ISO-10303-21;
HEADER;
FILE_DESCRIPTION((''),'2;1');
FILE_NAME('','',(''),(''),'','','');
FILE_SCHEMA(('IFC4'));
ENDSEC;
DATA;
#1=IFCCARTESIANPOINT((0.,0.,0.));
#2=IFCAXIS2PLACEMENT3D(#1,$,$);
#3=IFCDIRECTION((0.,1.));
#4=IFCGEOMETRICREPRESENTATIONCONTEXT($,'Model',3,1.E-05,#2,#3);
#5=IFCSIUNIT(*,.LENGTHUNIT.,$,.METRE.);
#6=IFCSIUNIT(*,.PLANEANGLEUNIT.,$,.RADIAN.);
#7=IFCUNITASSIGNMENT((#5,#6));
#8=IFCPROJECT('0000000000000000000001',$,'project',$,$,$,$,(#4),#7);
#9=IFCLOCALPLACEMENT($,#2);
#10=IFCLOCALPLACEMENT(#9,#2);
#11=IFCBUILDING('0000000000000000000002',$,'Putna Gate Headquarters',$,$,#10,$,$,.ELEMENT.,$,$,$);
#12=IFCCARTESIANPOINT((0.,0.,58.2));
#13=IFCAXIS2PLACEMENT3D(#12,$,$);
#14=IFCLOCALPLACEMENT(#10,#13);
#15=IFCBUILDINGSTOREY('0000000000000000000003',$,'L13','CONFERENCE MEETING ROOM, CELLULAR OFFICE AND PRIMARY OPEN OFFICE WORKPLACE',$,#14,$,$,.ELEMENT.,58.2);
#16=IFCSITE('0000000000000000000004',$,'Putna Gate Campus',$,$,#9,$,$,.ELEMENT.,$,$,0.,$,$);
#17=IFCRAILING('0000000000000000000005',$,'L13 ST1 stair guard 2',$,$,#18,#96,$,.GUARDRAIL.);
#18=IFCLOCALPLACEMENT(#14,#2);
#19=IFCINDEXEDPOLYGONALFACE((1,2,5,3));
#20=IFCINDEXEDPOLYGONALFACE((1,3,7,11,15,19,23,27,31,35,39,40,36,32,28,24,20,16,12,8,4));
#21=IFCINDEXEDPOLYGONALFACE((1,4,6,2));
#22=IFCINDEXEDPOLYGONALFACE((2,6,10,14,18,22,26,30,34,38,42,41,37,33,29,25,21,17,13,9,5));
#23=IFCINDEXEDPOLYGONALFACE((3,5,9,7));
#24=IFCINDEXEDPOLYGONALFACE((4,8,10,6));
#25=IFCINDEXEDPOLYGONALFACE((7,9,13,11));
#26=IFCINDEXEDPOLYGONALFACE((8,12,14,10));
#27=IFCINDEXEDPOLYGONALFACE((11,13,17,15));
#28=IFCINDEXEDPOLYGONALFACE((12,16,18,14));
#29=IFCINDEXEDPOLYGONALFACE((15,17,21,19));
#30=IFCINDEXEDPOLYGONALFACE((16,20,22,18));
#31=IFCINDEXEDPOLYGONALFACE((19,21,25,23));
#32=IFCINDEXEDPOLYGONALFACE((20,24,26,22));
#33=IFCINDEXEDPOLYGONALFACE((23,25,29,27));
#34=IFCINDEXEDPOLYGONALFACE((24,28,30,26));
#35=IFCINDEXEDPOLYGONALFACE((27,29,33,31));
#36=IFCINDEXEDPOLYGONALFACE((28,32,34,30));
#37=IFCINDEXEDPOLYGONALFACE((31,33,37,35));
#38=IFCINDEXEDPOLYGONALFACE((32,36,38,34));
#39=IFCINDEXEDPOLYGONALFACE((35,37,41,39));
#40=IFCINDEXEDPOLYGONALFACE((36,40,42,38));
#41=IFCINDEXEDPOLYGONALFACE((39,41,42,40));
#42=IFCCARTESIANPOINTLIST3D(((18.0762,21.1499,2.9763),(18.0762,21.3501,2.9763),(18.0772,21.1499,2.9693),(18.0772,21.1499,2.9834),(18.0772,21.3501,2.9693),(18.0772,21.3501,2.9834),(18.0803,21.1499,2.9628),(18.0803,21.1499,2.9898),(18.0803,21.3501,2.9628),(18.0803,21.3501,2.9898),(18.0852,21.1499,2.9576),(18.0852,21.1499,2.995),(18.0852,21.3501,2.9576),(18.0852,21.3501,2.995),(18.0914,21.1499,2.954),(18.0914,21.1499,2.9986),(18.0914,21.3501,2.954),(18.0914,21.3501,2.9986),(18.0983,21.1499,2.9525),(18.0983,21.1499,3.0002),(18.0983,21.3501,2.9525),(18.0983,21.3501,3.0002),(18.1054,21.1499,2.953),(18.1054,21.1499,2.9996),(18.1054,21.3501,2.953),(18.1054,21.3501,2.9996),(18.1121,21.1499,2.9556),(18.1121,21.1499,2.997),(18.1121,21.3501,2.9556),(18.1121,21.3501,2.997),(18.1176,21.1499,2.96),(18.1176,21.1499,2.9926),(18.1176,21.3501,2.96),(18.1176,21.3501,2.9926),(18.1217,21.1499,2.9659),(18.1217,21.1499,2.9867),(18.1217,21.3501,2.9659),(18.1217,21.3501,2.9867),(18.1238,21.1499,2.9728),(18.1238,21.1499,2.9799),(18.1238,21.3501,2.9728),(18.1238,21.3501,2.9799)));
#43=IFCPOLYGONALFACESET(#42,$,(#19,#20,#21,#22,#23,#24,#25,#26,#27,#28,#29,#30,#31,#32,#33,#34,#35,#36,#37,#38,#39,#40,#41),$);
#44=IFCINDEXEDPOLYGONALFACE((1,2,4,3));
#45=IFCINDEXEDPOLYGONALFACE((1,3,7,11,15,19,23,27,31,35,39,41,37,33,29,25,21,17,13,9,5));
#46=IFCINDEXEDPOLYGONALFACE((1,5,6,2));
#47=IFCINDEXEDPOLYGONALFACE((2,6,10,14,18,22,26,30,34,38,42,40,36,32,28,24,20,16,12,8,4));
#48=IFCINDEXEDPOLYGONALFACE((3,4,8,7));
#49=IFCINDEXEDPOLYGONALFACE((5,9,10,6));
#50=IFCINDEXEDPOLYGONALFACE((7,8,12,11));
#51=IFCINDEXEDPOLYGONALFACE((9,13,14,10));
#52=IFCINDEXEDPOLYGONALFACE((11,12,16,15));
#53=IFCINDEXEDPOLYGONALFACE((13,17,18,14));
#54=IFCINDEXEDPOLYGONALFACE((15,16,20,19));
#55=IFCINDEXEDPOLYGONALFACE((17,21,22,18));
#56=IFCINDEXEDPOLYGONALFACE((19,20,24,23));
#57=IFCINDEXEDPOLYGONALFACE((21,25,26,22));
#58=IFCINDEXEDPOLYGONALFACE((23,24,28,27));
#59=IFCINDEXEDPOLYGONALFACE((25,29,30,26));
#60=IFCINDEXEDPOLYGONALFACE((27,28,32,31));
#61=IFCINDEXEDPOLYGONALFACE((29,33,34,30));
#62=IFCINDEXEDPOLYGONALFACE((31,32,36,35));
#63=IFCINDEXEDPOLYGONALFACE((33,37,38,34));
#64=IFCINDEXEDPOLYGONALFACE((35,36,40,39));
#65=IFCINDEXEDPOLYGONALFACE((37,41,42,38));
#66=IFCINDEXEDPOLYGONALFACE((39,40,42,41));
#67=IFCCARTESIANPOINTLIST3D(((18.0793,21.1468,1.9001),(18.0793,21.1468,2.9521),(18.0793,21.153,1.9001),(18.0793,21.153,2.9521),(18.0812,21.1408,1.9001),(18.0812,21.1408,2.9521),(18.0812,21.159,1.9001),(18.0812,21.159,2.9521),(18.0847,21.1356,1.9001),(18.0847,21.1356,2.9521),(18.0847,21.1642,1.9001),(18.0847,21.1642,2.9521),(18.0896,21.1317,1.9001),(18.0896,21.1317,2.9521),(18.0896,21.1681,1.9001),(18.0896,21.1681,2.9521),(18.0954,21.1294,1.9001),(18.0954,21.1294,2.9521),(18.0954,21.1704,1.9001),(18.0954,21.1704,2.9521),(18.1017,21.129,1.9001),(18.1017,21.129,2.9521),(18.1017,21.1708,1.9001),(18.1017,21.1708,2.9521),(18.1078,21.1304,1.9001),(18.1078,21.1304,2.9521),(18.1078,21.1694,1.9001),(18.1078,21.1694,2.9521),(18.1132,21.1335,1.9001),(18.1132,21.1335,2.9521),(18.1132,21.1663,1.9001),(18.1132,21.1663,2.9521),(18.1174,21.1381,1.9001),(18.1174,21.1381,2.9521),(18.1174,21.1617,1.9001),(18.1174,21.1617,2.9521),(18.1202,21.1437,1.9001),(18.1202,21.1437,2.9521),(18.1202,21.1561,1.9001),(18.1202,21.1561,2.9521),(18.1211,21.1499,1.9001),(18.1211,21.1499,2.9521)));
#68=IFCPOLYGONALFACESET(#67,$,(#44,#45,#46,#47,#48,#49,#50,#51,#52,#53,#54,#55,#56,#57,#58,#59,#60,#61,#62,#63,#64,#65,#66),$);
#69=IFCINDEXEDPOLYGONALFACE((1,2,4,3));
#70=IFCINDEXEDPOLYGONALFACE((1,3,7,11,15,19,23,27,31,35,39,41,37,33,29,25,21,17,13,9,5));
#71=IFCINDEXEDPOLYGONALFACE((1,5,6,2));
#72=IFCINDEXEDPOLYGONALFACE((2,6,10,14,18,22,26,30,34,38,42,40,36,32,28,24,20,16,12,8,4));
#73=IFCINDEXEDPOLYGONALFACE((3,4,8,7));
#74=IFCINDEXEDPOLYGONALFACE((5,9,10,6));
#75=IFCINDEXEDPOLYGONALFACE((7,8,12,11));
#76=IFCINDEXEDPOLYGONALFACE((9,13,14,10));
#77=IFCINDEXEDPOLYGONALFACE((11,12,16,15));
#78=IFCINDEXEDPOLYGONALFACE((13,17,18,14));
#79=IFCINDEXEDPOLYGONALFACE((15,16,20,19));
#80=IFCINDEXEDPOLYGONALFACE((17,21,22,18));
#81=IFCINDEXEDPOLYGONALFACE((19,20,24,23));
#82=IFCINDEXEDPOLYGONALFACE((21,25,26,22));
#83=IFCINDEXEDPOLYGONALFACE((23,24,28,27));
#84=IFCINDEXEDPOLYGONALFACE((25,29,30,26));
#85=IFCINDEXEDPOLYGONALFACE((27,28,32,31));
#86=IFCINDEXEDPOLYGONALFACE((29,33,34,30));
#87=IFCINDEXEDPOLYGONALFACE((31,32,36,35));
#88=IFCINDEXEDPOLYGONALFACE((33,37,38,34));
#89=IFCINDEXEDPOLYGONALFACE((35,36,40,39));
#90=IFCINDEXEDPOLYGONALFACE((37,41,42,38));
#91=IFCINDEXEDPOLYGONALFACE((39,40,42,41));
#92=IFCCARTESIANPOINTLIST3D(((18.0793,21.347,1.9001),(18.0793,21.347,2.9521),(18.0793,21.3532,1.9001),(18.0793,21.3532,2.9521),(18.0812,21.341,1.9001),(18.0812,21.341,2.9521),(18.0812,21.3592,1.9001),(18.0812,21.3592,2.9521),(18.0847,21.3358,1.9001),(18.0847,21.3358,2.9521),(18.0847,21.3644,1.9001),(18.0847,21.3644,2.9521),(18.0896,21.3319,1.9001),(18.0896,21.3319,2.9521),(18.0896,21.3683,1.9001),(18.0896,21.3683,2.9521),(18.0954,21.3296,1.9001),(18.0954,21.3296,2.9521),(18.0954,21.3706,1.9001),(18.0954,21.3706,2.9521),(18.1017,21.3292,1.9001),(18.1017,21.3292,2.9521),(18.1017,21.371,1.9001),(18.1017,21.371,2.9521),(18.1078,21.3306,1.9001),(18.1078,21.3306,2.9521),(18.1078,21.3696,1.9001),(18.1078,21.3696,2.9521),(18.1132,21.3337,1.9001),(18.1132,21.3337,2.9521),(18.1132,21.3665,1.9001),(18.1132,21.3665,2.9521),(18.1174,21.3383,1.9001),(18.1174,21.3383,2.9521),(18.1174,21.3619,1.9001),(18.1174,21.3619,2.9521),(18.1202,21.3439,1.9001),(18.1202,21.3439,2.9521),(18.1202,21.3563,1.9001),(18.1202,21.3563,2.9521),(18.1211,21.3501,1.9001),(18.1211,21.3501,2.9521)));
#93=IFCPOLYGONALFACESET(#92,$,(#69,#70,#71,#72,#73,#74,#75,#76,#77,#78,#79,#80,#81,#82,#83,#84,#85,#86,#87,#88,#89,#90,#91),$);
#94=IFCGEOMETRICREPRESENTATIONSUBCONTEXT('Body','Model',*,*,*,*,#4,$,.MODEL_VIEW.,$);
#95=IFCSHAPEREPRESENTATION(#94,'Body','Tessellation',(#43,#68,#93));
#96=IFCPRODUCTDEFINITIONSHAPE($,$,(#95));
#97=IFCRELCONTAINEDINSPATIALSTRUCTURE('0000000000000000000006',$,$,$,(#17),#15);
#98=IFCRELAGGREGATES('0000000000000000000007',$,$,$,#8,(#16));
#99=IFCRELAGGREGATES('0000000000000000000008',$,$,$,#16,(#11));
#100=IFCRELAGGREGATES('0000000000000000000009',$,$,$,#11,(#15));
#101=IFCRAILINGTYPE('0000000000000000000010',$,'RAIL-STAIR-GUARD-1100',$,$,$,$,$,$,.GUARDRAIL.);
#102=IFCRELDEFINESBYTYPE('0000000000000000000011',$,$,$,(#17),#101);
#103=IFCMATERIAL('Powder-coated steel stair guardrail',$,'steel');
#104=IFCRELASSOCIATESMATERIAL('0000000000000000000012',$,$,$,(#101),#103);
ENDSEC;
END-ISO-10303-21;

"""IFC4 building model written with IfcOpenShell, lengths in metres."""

from ifc_helpers import new_model, si_unit, direction, frame, origin, origin_2d, place, context, subcontext, project, spatial, circle, extrude, material, type_object, element, save


model = new_model("IFC4")

# Units and contexts
model_context = context("Model", 3, precision=1e-05, world=origin(), true_north=direction((0.0, 1.0)))
body_context = subcontext(model_context, "Body", "Model", "MODEL_VIEW")
ifc_project = project(units=[si_unit("LENGTHUNIT", "METRE"), si_unit("PLANEANGLEUNIT", "RADIAN")], contexts=[model_context])

# Site, building, storey
site_placement = place(None, origin())
site = spatial("IfcSite", under=ifc_project, at=site_placement, Name="Putna Gate Campus", CompositionType="ELEMENT", RefElevation=0.0)
building_placement = place(site_placement, origin())
building = spatial("IfcBuilding", under=site, at=building_placement, Name="Putna Gate Headquarters", CompositionType="ELEMENT")
storey_placement = place(building_placement, frame((0.0, 0.0, 58.2)))
storey = spatial("IfcBuildingStorey", under=building, at=storey_placement, Name="L13", Description="CONFERENCE MEETING ROOM, CELLULAR OFFICE AND PRIMARY OPEN OFFICE WORKPLACE", CompositionType="ELEMENT", Elevation=58.2)

# Railing
ifc_material_1 = material(Name="Powder-coated steel stair guardrail", Category="steel")
railing_type_1 = type_object("IfcRailingType", Name="RAIL-STAIR-GUARD-1100", PredefinedType="GUARDRAIL", material=ifc_material_1)
railing_1_placement = place(storey_placement, frame((18.1001, 21.1499, 1.9001)))
element("IfcRailing", 1, at=railing_1_placement, inside=storey, type_object=railing_type_1, Name="L13 ST1 stair guard 2", PredefinedType="GUARDRAIL", context=body_context, shape_type="SweptSolid", body=[
    extrude(circle(Radius=0.0239, at=origin_2d()), frame((0.0, 0.0, 1.0762), z_axis=(0.0, 1.0, 0.0), x_axis=(-1.0, 0.0, 0.0)), (0.0, 0.0, 1.0), 0.2002),
    extrude(circle(Radius=0.021, at=origin_2d()), origin(), (0.0, 0.0, 1.0), 1.052),
    extrude(circle(Radius=0.021, at=origin_2d()), frame((0.0, 0.2002, 0.0)), (0.0, 0.0, 1.0), 1.052),
])

save(model, "model.ifc")
